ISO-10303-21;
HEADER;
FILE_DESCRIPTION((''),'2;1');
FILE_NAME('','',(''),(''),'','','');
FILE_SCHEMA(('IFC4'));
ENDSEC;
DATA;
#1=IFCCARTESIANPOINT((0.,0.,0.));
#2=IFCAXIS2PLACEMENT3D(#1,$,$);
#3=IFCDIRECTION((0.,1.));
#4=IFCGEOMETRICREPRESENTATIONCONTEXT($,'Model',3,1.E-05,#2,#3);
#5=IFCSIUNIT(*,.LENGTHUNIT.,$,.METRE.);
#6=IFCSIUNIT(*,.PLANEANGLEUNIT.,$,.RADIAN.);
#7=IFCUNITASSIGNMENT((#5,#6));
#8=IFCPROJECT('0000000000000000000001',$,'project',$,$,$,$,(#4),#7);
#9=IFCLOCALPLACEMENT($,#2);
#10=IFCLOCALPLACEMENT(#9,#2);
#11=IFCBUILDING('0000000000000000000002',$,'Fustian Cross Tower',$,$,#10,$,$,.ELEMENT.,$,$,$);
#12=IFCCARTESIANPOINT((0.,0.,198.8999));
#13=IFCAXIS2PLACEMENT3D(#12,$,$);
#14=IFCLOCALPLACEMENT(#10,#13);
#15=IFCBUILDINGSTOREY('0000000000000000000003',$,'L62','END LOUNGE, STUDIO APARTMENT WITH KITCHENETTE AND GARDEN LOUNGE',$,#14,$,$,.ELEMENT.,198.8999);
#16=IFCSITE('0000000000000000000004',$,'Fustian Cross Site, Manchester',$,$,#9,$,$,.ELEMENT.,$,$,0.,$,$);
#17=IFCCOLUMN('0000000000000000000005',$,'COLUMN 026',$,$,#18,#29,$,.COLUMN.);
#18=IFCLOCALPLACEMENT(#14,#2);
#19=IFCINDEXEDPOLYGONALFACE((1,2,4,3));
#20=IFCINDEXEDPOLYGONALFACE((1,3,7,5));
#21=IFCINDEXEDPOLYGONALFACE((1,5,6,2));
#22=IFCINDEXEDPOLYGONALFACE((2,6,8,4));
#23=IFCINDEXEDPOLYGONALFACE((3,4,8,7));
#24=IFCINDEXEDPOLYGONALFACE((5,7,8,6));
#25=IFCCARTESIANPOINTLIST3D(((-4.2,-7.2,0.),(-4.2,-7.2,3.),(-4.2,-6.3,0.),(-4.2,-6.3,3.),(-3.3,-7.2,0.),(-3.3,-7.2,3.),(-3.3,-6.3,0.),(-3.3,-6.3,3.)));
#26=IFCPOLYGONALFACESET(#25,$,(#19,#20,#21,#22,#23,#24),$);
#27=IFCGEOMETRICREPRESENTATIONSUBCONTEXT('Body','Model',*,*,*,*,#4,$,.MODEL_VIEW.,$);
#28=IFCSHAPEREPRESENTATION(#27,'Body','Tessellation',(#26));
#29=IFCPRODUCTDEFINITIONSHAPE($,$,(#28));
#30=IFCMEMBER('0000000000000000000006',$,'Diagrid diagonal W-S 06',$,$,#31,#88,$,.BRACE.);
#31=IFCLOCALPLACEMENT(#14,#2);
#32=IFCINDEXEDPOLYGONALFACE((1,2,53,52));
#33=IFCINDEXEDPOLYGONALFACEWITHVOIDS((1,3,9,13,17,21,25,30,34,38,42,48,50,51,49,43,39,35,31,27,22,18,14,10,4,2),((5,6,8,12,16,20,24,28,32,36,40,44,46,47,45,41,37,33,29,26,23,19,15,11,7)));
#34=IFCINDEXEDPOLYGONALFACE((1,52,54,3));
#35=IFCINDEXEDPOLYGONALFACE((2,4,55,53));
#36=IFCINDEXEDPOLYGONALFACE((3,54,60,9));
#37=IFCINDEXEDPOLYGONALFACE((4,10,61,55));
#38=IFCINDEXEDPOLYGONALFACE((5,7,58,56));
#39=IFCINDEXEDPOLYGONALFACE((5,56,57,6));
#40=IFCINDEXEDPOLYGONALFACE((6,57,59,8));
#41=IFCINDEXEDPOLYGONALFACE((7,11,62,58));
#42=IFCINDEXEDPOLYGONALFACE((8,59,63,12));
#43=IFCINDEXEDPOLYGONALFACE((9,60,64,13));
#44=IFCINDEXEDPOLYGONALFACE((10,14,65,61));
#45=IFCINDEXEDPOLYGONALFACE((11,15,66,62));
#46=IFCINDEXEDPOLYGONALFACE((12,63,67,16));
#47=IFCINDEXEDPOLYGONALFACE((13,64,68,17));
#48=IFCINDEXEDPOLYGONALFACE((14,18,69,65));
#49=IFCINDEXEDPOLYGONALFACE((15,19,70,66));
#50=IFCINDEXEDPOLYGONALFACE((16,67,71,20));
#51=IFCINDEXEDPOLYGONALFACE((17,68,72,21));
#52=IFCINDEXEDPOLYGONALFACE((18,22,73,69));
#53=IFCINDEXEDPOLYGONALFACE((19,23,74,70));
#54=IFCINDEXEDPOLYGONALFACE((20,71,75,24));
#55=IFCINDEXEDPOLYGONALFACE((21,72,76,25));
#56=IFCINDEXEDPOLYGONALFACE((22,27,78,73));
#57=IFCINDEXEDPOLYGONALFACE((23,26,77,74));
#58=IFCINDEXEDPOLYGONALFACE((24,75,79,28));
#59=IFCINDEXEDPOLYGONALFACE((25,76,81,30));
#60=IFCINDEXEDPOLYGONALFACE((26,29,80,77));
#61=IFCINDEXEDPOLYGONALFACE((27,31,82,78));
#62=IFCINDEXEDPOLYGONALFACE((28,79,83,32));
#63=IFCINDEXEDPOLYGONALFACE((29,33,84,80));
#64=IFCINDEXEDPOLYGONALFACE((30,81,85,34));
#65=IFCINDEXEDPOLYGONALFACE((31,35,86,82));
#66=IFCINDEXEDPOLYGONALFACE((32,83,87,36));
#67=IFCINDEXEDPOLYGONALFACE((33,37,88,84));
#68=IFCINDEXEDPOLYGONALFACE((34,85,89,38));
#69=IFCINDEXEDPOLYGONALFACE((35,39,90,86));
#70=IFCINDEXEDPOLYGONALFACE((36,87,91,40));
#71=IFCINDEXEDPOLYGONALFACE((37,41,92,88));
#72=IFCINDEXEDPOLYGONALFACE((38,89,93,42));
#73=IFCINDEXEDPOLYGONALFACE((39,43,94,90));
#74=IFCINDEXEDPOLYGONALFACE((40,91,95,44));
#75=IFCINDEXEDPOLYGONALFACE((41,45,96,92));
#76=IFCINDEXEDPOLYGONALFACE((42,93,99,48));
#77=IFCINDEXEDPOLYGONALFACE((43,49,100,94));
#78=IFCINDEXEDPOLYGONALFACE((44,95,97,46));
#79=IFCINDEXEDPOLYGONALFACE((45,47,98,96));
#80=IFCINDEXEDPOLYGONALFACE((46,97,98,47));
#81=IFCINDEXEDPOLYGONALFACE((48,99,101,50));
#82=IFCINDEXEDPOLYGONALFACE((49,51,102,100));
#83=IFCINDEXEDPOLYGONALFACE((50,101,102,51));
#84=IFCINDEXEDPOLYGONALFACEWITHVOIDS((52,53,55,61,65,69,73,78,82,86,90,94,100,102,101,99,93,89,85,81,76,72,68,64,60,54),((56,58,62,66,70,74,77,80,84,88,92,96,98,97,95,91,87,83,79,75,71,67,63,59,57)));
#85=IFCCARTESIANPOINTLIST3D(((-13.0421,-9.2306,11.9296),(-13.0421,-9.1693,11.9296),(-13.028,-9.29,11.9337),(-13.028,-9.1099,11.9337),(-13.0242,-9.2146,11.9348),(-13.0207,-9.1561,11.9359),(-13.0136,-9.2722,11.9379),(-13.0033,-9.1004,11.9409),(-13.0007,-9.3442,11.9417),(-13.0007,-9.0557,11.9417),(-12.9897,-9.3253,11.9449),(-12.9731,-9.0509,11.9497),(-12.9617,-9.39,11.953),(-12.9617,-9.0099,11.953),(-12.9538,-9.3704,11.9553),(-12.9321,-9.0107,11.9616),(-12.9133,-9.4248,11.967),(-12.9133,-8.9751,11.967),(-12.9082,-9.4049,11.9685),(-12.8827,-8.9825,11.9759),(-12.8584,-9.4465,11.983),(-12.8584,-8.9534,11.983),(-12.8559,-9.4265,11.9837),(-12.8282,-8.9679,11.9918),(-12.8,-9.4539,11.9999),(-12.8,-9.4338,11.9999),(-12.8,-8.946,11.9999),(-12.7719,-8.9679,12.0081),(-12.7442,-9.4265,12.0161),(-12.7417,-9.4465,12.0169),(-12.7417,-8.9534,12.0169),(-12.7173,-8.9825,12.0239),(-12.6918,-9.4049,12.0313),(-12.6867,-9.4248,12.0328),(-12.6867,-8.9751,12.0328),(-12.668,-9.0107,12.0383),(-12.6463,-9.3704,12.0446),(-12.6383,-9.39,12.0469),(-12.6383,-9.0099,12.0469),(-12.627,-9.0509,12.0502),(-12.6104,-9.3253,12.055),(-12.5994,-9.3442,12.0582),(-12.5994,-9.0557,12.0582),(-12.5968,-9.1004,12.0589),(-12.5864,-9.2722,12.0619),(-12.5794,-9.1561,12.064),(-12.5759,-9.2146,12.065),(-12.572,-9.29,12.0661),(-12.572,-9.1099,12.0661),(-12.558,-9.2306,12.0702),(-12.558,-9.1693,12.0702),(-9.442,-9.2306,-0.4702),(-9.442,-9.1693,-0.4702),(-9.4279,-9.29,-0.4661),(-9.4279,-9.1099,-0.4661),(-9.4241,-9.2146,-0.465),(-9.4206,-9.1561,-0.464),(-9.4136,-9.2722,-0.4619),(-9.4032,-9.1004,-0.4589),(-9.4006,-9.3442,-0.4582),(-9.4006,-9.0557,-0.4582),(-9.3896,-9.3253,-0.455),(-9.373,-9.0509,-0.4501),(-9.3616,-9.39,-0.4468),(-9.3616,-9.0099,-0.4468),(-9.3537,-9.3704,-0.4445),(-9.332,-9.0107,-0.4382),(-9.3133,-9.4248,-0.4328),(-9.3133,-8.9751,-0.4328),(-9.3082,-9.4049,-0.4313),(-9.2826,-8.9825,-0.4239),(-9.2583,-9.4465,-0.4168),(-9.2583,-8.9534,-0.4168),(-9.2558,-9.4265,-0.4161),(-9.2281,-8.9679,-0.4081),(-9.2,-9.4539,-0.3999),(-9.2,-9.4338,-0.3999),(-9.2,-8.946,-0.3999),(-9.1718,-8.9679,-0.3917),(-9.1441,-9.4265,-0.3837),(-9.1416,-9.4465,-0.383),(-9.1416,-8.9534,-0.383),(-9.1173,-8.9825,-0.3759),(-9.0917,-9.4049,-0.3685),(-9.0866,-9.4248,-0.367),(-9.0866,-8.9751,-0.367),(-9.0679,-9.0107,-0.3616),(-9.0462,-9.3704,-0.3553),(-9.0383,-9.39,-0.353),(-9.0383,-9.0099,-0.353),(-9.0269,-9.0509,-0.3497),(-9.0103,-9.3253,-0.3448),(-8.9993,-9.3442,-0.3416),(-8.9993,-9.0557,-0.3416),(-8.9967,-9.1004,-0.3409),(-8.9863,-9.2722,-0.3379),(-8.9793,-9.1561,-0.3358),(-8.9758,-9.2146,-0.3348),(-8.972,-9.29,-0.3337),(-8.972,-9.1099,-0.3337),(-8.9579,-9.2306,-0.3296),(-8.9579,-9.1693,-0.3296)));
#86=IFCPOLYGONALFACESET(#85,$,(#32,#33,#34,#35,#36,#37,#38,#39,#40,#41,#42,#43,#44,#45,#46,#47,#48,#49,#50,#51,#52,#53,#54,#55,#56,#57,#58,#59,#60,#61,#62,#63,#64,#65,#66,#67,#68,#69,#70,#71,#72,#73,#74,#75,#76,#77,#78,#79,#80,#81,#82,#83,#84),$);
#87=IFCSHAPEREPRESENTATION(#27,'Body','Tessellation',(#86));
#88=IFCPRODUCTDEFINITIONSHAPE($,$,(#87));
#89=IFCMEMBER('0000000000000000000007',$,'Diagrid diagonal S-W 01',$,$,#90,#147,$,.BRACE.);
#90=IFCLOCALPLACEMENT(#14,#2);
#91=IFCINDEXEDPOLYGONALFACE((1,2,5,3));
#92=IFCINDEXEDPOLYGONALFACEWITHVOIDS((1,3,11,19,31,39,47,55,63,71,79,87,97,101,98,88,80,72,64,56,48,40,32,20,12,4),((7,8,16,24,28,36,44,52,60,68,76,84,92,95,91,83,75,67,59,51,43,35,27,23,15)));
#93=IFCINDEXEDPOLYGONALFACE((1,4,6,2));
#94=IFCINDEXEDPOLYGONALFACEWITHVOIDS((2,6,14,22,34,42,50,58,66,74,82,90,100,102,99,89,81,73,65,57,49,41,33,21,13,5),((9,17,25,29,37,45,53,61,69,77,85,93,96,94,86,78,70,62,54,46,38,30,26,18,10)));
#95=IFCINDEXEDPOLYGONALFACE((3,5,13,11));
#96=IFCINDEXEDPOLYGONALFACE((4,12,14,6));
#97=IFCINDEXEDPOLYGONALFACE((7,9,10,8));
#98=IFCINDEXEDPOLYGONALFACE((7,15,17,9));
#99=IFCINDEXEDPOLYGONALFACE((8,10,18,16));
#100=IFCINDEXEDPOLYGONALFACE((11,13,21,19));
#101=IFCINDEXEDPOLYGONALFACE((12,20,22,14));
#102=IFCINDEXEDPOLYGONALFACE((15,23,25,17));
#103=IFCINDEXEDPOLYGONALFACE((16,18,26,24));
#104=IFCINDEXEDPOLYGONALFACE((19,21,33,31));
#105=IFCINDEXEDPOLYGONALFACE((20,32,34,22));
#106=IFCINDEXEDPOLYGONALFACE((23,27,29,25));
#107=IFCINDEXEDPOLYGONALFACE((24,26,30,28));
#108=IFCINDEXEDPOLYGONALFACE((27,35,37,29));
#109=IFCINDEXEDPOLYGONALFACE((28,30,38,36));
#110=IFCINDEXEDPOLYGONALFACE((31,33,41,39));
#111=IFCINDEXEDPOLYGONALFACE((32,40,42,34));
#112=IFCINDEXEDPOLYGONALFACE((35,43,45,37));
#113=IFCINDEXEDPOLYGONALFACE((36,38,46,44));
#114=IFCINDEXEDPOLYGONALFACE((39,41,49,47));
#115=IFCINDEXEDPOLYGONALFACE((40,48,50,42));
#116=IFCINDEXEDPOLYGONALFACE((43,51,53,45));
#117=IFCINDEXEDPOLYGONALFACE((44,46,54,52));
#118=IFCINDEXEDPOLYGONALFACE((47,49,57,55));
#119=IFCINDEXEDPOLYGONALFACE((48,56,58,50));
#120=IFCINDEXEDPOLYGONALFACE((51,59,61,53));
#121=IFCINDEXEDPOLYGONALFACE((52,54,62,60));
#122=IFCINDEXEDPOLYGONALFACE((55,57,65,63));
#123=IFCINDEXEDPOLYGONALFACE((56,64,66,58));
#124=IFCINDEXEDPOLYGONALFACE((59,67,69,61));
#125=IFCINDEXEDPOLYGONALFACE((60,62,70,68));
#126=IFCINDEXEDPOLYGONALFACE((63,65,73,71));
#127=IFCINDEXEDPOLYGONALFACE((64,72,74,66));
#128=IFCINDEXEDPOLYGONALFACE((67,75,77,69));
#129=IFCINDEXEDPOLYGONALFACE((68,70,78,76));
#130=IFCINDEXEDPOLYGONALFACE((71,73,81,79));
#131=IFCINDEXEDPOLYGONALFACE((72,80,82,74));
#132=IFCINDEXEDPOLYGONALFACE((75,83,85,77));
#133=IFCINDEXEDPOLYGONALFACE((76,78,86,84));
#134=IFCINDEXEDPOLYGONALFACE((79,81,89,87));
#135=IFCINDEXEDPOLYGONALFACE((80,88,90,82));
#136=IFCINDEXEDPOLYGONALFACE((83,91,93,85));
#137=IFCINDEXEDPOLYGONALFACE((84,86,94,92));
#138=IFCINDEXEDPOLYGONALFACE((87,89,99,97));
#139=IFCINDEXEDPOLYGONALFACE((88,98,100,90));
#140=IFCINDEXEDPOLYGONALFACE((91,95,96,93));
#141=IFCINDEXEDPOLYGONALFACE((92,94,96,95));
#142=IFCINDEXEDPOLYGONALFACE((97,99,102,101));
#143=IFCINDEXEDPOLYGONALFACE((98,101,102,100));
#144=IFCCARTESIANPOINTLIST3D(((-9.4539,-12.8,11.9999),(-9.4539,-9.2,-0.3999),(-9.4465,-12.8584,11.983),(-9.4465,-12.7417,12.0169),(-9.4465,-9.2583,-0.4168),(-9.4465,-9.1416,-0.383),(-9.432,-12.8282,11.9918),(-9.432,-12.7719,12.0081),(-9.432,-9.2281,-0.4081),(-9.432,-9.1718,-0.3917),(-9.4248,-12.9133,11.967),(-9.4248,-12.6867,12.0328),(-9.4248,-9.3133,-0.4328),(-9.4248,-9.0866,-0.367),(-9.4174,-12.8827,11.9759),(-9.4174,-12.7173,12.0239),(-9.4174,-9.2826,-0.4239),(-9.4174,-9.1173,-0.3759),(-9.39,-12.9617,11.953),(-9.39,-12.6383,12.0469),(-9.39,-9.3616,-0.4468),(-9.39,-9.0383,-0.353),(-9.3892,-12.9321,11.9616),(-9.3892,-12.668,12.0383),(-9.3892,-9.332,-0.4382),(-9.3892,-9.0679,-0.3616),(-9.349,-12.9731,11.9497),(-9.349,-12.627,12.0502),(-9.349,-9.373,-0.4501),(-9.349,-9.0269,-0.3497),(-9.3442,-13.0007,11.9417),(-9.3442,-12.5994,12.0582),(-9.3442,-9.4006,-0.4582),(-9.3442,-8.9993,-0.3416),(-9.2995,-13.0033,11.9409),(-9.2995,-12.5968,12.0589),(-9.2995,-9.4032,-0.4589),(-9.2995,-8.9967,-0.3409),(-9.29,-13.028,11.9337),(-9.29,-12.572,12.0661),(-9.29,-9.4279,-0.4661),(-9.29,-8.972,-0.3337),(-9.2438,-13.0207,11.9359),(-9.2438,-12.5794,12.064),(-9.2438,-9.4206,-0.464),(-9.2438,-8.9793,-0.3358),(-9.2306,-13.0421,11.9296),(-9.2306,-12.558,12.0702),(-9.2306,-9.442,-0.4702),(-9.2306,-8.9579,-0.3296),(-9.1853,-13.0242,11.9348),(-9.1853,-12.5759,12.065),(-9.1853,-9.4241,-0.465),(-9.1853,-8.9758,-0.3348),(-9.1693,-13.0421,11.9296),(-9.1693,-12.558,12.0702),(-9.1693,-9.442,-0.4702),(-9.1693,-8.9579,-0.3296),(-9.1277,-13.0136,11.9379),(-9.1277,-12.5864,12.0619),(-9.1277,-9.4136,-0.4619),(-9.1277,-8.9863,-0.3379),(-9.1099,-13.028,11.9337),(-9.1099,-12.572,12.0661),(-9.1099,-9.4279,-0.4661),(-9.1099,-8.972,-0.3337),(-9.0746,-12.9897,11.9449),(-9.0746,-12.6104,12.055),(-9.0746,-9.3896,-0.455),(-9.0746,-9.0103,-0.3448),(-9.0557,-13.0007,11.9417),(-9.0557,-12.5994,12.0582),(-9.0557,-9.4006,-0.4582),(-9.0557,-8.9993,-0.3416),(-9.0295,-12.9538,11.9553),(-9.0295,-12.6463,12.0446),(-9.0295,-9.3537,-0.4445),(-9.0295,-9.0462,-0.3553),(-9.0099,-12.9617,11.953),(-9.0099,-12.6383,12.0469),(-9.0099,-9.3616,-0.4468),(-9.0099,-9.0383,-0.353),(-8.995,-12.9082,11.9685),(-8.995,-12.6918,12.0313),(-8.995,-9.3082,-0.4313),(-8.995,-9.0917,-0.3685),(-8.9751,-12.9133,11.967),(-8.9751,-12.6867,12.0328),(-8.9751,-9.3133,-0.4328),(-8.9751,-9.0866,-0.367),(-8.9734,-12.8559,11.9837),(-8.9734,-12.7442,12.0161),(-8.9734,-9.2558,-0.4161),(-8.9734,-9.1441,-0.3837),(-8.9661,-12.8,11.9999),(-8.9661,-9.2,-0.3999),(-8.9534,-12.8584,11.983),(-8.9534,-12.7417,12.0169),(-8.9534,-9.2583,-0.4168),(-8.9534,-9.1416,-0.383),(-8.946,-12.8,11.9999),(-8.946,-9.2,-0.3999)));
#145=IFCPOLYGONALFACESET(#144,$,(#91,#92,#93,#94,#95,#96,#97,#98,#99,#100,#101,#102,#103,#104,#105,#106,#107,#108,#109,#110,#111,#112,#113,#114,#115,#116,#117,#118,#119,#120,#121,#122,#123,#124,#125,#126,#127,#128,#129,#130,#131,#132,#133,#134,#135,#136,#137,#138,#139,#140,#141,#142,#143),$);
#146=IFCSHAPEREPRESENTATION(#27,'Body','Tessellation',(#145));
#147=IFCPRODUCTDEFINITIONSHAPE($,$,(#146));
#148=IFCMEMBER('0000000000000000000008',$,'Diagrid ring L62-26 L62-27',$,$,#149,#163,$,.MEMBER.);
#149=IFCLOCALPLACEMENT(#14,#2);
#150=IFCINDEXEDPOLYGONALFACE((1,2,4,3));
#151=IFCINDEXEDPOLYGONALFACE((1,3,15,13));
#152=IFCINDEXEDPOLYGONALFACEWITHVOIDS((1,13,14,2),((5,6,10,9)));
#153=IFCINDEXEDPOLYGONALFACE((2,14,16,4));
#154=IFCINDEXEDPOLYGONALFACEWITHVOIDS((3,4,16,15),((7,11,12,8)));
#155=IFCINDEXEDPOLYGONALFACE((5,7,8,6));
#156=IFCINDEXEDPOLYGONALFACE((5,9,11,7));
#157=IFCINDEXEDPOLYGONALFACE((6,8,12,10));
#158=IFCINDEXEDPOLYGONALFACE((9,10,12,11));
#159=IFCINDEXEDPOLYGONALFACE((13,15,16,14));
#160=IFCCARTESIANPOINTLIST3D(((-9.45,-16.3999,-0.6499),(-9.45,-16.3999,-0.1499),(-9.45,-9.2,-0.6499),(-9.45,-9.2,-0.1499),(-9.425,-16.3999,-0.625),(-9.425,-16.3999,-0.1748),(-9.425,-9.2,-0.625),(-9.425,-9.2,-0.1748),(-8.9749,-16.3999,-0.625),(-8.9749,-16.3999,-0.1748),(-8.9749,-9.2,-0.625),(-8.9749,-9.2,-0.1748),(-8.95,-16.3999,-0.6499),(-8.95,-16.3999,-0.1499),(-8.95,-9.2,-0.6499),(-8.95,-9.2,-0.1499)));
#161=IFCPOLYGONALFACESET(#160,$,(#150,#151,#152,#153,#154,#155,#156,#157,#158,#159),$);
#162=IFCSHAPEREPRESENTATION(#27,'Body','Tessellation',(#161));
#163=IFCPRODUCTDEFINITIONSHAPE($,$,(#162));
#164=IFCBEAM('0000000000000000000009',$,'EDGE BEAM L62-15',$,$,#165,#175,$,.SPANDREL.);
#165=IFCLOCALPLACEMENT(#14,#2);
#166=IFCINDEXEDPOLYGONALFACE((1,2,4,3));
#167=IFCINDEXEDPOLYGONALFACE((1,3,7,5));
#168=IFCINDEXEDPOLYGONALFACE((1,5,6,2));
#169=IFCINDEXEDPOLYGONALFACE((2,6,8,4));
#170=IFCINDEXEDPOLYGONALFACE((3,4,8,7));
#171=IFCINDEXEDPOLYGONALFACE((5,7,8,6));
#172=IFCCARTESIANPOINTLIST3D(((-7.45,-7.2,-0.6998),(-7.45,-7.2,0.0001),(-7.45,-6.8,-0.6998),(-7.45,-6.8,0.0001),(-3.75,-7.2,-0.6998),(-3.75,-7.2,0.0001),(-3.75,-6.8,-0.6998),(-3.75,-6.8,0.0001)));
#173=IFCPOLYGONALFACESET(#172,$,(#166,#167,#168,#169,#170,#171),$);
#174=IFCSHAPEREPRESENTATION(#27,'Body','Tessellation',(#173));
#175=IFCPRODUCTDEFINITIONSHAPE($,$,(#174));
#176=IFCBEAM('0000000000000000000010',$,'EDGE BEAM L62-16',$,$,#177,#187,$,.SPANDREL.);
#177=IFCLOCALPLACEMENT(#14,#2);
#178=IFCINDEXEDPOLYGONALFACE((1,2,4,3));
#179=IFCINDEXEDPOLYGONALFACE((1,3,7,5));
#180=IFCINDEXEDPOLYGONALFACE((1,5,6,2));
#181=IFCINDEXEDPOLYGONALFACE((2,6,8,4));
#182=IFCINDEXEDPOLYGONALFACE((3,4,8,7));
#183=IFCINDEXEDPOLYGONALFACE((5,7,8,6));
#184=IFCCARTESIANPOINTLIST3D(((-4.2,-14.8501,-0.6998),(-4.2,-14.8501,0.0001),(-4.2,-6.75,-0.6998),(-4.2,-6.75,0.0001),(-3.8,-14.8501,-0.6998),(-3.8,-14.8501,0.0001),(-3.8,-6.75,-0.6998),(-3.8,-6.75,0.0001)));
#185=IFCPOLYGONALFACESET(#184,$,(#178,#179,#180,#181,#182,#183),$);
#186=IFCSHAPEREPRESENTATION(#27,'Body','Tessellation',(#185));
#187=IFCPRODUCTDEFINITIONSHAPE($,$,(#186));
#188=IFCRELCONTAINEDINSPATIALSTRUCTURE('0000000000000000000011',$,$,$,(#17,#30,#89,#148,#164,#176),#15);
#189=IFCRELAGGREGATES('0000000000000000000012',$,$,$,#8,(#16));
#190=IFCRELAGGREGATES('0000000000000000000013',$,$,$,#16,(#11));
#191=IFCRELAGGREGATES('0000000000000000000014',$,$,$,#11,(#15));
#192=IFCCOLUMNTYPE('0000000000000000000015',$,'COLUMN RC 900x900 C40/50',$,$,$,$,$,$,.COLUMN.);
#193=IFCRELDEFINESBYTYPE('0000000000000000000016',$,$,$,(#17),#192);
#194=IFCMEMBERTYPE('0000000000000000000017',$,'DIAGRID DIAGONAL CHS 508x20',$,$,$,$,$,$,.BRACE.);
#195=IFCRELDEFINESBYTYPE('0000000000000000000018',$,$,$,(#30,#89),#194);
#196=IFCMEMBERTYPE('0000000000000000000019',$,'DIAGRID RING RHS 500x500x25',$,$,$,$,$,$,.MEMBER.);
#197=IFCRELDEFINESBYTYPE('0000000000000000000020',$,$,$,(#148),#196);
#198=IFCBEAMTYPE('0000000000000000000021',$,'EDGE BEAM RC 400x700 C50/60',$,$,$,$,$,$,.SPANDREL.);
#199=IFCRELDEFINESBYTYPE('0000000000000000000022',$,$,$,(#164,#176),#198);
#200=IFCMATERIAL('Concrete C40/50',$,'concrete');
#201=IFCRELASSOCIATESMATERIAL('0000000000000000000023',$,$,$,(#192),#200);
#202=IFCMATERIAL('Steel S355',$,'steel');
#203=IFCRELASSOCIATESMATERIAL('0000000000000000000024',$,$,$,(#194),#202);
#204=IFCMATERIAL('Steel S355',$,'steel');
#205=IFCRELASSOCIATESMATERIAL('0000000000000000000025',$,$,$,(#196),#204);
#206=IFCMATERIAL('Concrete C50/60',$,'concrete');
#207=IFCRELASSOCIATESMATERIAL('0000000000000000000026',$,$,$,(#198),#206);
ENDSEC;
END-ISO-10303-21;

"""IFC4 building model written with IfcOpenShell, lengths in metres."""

from ifc_helpers import new_model, si_unit, direction, frame, origin, origin_2d, place, context, subcontext, project, spatial, rectangle, hollow_rectangle, hollow_circle, extrude, material, material_profile, profile_set, type_object, element, save


model = new_model("IFC4")

# Units and contexts
model_context = context("Model", 3, precision=1e-05, world=origin(), true_north=direction((0.0, 1.0)))
body_context = subcontext(model_context, "Body", "Model", "MODEL_VIEW")
ifc_project = project(units=[si_unit("LENGTHUNIT", "METRE"), si_unit("PLANEANGLEUNIT", "RADIAN")], contexts=[model_context])

# Site, building, storey
site_placement = place(None, origin())
site = spatial("IfcSite", under=ifc_project, at=site_placement, Name="Fustian Cross Site, Manchester", CompositionType="ELEMENT", RefElevation=0.0)
building_placement = place(site_placement, origin())
building = spatial("IfcBuilding", under=site, at=building_placement, Name="Fustian Cross Tower", CompositionType="ELEMENT")
storey_placement = place(building_placement, frame((0.0, 0.0, 198.8999)))
storey = spatial("IfcBuildingStorey", under=building, at=storey_placement, Name="L62", Description="END LOUNGE, STUDIO APARTMENT WITH KITCHENETTE AND GARDEN LOUNGE", CompositionType="ELEMENT", Elevation=198.8999)

# Column
ifc_material_1 = material(Name="Concrete C40/50", Category="concrete")
ifc_material_profile_1 = material_profile(ifc_material_1, rectangle(XDim=0.8999, YDim=0.8999, at=origin_2d()), Name="RC 900x900")
ifc_profile_set_1 = profile_set([ifc_material_profile_1], Name="Concrete C40/50")
column_type = type_object("IfcColumnType", Name="COLUMN RC 900x900 C40/50", PredefinedType="COLUMN", material=ifc_profile_set_1)
column_placement = place(storey_placement, frame((-3.75, -6.75, 0.0), z_axis=(0.0, 0.0, 1.0), x_axis=(1.0, 0.0, 0.0)))
element("IfcColumn", 1, at=column_placement, inside=storey, type_object=column_type, Name="COLUMN 026", PredefinedType="COLUMN", context=body_context, shape_type="SweptSolid", body=[
    extrude(rectangle(XDim=0.8999, YDim=0.8999, at=origin_2d()), origin(), (0.0, 0.0, 1.0), 3.0),
])

# Members
ifc_material_2 = material(Name="Steel S355", Category="steel")
ifc_material_profile_2 = material_profile(ifc_material_2, hollow_circle(Radius=0.2539, WallThickness=0.02, at=origin_2d()), Name="CHS 508x20")
ifc_profile_set_2 = profile_set([ifc_material_profile_2], Name="Steel S355")
member_type_1 = type_object("IfcMemberType", Name="DIAGRID DIAGONAL CHS 508x20", PredefinedType="BRACE", material=ifc_profile_set_2)
for number, where, z_axis, x_axis, name in (
    (2, (-9.2, -9.2, -0.3999), (-0.278819, 0.0, 0.960344), (0.0, -1.0, 0.0), "Diagrid diagonal W-S 06"),
    (3, (-9.2, -9.2, -0.3999), (0.0, -0.278819, 0.960344), (1.0, 0.0, 0.0), "Diagrid diagonal S-W 01"),
):
    element("IfcMember", number, at=place(storey_placement, frame(where, z_axis=z_axis, x_axis=x_axis)), inside=storey, type_object=member_type_1, Name=name, PredefinedType="BRACE", context=body_context, shape_type="SweptSolid", body=[
        extrude(hollow_circle(Radius=0.2539, WallThickness=0.02, at=origin_2d()), origin(), (0.0, 0.0, 1.0), 12.9119),
    ])
ifc_material_3 = material(Name="Steel S355", Category="steel")
ifc_material_profile_3 = material_profile(ifc_material_3, hollow_rectangle(XDim=0.5, YDim=0.5, WallThickness=0.0249, at=origin_2d()), Name="RHS 500x500x25")
ifc_profile_set_3 = profile_set([ifc_material_profile_3], Name="Steel S355")
member_type_2 = type_object("IfcMemberType", Name="DIAGRID RING RHS 500x500x25", PredefinedType="MEMBER", material=ifc_profile_set_3)
member_placement = place(storey_placement, frame((-9.2, -9.2, -0.3999), z_axis=(0.0, -1.0, 0.0), x_axis=(1.0, 0.0, 0.0)))
element("IfcMember", 4, at=member_placement, inside=storey, type_object=member_type_2, Name="Diagrid ring L62-26 L62-27", PredefinedType="MEMBER", context=body_context, shape_type="SweptSolid", body=[
    extrude(hollow_rectangle(XDim=0.5, YDim=0.5, WallThickness=0.0249, at=origin_2d()), origin(), (0.0, 0.0, 1.0), 7.2),
])

# Beams
ifc_material_4 = material(Name="Concrete C50/60", Category="concrete")
ifc_material_profile_4 = material_profile(ifc_material_4, rectangle(XDim=0.3999, YDim=0.7, at=origin_2d()), Name="RC 400x700")
ifc_profile_set_4 = profile_set([ifc_material_profile_4], Name="Concrete C50/60")
beam_type = type_object("IfcBeamType", Name="EDGE BEAM RC 400x700 C50/60", PredefinedType="SPANDREL", material=ifc_profile_set_4)
beam_1_placement = place(storey_placement, frame((-7.45, -7.0, -0.3499), z_axis=(1.0, 0.0, 0.0), x_axis=(0.0, 1.0, 0.0)))
element("IfcBeam", 5, at=beam_1_placement, inside=storey, type_object=beam_type, Name="EDGE BEAM L62-15", PredefinedType="SPANDREL", context=body_context, shape_type="SweptSolid", body=[
    extrude(rectangle(XDim=0.3999, YDim=0.7, at=origin_2d()), origin(), (0.0, 0.0, 1.0), 3.7),
])
beam_2_placement = place(storey_placement, frame((-4.0, -6.75, -0.3499), z_axis=(0.0, -1.0, 0.0), x_axis=(1.0, 0.0, 0.0)))
element("IfcBeam", 6, at=beam_2_placement, inside=storey, type_object=beam_type, Name="EDGE BEAM L62-16", PredefinedType="SPANDREL", context=body_context, shape_type="SweptSolid", body=[
    extrude(rectangle(XDim=0.3999, YDim=0.7, at=origin_2d()), origin(), (0.0, 0.0, 1.0), 8.1001),
])

save(model, "model.ifc")
